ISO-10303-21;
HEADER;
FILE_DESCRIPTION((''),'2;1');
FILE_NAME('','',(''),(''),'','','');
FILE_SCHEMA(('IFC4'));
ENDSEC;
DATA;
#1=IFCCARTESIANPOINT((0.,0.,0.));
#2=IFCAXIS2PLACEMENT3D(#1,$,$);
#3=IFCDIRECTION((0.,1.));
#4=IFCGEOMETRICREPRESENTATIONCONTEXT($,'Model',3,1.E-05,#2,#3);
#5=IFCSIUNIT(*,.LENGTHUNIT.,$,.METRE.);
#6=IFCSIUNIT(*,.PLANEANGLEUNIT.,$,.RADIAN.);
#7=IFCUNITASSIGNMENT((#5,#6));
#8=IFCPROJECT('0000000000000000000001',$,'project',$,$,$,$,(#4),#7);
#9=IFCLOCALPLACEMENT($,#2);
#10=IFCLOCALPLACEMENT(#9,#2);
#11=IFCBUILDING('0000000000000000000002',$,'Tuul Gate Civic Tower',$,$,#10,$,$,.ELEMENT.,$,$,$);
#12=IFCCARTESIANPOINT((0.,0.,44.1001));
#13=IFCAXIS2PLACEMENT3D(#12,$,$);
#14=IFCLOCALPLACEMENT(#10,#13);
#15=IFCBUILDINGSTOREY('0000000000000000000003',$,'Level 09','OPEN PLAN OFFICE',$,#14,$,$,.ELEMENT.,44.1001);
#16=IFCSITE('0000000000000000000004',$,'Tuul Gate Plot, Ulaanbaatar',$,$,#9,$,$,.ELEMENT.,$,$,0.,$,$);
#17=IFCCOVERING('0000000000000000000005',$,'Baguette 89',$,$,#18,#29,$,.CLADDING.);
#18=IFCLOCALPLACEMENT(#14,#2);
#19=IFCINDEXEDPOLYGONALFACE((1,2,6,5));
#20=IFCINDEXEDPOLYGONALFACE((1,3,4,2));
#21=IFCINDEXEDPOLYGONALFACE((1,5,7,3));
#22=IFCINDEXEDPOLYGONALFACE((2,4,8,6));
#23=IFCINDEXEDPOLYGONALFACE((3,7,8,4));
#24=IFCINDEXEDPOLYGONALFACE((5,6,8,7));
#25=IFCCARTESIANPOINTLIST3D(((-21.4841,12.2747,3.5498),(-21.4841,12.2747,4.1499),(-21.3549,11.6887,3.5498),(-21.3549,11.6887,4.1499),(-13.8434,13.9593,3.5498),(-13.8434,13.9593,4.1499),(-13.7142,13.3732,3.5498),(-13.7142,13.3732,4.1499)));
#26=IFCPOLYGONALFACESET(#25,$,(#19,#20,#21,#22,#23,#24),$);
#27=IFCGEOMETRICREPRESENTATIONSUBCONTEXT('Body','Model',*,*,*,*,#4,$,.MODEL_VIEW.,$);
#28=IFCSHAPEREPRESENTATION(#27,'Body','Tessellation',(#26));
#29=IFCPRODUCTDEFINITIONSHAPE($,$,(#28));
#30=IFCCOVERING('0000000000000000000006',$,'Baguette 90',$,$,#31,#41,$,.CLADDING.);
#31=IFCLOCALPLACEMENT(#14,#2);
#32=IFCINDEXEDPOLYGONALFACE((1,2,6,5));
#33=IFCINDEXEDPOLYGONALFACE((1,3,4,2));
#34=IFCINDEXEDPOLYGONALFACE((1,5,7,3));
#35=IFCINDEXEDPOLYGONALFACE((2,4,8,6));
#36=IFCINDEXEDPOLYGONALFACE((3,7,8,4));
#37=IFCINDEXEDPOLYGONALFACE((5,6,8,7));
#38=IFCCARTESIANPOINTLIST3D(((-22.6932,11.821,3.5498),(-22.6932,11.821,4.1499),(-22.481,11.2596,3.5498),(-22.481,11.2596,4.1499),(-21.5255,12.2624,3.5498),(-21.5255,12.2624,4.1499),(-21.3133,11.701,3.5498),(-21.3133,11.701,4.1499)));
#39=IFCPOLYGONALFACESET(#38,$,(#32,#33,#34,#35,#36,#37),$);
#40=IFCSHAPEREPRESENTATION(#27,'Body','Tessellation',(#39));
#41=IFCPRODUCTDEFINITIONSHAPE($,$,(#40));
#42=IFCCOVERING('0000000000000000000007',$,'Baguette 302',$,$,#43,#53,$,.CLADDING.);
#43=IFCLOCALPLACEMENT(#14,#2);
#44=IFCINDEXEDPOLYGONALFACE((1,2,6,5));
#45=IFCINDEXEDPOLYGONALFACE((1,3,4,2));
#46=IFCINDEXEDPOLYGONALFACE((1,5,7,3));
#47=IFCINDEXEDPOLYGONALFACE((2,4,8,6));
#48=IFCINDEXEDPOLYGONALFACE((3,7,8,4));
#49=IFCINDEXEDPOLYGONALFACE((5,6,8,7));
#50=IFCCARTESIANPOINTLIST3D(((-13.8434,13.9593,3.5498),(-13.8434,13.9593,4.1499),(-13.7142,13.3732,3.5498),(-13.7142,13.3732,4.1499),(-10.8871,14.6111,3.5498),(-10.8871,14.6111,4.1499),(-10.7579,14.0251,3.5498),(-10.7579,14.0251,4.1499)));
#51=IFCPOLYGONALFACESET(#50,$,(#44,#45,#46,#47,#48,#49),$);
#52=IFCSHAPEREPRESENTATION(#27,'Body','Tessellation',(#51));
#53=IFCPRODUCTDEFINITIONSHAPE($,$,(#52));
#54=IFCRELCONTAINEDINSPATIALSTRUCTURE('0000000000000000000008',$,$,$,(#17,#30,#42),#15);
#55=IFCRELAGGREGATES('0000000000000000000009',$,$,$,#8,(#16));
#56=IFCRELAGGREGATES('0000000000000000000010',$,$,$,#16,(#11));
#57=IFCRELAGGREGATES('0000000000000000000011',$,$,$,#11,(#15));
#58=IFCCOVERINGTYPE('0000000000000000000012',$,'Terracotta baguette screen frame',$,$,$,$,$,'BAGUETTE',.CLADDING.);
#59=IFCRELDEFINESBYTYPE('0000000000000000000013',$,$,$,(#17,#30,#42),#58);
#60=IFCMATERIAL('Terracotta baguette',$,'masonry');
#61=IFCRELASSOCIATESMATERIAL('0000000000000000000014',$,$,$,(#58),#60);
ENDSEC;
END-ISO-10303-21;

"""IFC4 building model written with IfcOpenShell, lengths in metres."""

from ifc_helpers import new_model, si_unit, direction, frame, origin, origin_2d, place, context, subcontext, project, spatial, rectangle, extrude, material, material_profile, profile_set, type_object, element, save


model = new_model("IFC4")

# Units and contexts
model_context = context("Model", 3, precision=1e-05, world=origin(), true_north=direction((0.0, 1.0)))
body_context = subcontext(model_context, "Body", "Model", "MODEL_VIEW")
ifc_project = project(units=[si_unit("LENGTHUNIT", "METRE"), si_unit("PLANEANGLEUNIT", "RADIAN")], contexts=[model_context])

# Site, building, storey
site_placement = place(None, origin())
site = spatial("IfcSite", under=ifc_project, at=site_placement, Name="Tuul Gate Plot, Ulaanbaatar", CompositionType="ELEMENT", RefElevation=0.0)
building_placement = place(site_placement, origin())
building = spatial("IfcBuilding", under=site, at=building_placement, Name="Tuul Gate Civic Tower", CompositionType="ELEMENT")
storey_placement = place(building_placement, frame((0.0, 0.0, 44.1001)))
storey = spatial("IfcBuildingStorey", under=building, at=storey_placement, Name="Level 09", Description="OPEN PLAN OFFICE", CompositionType="ELEMENT", Elevation=44.1001)

# Coverings
ifc_material_1 = material(Name="Terracotta baguette", Category="masonry")
ifc_material_profile_1 = material_profile(ifc_material_1, rectangle(XDim=0.6001, YDim=0.6001, at=origin_2d()), Name="Terracotta baguette screen frame")
ifc_profile_set_1 = profile_set([ifc_material_profile_1], Name="Terracotta baguette")
covering_type = type_object("IfcCoveringType", Name="Terracotta baguette screen frame", ElementType="BAGUETTE", PredefinedType="CLADDING", material=ifc_profile_set_1)
covering_1_placement = place(storey_placement, frame((-13.7788, 13.6663, 3.8499), z_axis=(-0.976547, -0.215305, 0.0), x_axis=(0.215305, -0.976547, 0.0)))
element("IfcCovering", 1, at=covering_1_placement, inside=storey, type_object=covering_type, Name="Baguette 89", PredefinedType="CLADDING", context=body_context, shape_type="SweptSolid", body=[
    extrude(rectangle(XDim=0.6001, YDim=0.6001, at=origin_2d()), origin(), (0.0, 0.0, 1.0), 7.8242),
])
covering_2_placement = place(storey_placement, frame((-21.4194, 11.9817, 3.8499), z_axis=(-0.935402, -0.353587, 0.0), x_axis=(0.353587, -0.935402, 0.0)))
element("IfcCovering", 2, at=covering_2_placement, inside=storey, type_object=covering_type, Name="Baguette 90", PredefinedType="CLADDING", context=body_context, shape_type="SweptSolid", body=[
    extrude(rectangle(XDim=0.6001, YDim=0.6001, at=origin_2d()), origin(), (0.0, 0.0, 1.0), 1.2483),
])
covering_3_placement = place(storey_placement, frame((-10.8225, 14.3181, 3.8499), z_axis=(-0.976542, -0.215325, 0.0), x_axis=(0.215325, -0.976542, 0.0)))
element("IfcCovering", 3, at=covering_3_placement, inside=storey, type_object=covering_type, Name="Baguette 302", PredefinedType="CLADDING", context=body_context, shape_type="SweptSolid", body=[
    extrude(rectangle(XDim=0.6001, YDim=0.6001, at=origin_2d()), origin(), (0.0, 0.0, 1.0), 3.0273),
])

save(model, "model.ifc")
